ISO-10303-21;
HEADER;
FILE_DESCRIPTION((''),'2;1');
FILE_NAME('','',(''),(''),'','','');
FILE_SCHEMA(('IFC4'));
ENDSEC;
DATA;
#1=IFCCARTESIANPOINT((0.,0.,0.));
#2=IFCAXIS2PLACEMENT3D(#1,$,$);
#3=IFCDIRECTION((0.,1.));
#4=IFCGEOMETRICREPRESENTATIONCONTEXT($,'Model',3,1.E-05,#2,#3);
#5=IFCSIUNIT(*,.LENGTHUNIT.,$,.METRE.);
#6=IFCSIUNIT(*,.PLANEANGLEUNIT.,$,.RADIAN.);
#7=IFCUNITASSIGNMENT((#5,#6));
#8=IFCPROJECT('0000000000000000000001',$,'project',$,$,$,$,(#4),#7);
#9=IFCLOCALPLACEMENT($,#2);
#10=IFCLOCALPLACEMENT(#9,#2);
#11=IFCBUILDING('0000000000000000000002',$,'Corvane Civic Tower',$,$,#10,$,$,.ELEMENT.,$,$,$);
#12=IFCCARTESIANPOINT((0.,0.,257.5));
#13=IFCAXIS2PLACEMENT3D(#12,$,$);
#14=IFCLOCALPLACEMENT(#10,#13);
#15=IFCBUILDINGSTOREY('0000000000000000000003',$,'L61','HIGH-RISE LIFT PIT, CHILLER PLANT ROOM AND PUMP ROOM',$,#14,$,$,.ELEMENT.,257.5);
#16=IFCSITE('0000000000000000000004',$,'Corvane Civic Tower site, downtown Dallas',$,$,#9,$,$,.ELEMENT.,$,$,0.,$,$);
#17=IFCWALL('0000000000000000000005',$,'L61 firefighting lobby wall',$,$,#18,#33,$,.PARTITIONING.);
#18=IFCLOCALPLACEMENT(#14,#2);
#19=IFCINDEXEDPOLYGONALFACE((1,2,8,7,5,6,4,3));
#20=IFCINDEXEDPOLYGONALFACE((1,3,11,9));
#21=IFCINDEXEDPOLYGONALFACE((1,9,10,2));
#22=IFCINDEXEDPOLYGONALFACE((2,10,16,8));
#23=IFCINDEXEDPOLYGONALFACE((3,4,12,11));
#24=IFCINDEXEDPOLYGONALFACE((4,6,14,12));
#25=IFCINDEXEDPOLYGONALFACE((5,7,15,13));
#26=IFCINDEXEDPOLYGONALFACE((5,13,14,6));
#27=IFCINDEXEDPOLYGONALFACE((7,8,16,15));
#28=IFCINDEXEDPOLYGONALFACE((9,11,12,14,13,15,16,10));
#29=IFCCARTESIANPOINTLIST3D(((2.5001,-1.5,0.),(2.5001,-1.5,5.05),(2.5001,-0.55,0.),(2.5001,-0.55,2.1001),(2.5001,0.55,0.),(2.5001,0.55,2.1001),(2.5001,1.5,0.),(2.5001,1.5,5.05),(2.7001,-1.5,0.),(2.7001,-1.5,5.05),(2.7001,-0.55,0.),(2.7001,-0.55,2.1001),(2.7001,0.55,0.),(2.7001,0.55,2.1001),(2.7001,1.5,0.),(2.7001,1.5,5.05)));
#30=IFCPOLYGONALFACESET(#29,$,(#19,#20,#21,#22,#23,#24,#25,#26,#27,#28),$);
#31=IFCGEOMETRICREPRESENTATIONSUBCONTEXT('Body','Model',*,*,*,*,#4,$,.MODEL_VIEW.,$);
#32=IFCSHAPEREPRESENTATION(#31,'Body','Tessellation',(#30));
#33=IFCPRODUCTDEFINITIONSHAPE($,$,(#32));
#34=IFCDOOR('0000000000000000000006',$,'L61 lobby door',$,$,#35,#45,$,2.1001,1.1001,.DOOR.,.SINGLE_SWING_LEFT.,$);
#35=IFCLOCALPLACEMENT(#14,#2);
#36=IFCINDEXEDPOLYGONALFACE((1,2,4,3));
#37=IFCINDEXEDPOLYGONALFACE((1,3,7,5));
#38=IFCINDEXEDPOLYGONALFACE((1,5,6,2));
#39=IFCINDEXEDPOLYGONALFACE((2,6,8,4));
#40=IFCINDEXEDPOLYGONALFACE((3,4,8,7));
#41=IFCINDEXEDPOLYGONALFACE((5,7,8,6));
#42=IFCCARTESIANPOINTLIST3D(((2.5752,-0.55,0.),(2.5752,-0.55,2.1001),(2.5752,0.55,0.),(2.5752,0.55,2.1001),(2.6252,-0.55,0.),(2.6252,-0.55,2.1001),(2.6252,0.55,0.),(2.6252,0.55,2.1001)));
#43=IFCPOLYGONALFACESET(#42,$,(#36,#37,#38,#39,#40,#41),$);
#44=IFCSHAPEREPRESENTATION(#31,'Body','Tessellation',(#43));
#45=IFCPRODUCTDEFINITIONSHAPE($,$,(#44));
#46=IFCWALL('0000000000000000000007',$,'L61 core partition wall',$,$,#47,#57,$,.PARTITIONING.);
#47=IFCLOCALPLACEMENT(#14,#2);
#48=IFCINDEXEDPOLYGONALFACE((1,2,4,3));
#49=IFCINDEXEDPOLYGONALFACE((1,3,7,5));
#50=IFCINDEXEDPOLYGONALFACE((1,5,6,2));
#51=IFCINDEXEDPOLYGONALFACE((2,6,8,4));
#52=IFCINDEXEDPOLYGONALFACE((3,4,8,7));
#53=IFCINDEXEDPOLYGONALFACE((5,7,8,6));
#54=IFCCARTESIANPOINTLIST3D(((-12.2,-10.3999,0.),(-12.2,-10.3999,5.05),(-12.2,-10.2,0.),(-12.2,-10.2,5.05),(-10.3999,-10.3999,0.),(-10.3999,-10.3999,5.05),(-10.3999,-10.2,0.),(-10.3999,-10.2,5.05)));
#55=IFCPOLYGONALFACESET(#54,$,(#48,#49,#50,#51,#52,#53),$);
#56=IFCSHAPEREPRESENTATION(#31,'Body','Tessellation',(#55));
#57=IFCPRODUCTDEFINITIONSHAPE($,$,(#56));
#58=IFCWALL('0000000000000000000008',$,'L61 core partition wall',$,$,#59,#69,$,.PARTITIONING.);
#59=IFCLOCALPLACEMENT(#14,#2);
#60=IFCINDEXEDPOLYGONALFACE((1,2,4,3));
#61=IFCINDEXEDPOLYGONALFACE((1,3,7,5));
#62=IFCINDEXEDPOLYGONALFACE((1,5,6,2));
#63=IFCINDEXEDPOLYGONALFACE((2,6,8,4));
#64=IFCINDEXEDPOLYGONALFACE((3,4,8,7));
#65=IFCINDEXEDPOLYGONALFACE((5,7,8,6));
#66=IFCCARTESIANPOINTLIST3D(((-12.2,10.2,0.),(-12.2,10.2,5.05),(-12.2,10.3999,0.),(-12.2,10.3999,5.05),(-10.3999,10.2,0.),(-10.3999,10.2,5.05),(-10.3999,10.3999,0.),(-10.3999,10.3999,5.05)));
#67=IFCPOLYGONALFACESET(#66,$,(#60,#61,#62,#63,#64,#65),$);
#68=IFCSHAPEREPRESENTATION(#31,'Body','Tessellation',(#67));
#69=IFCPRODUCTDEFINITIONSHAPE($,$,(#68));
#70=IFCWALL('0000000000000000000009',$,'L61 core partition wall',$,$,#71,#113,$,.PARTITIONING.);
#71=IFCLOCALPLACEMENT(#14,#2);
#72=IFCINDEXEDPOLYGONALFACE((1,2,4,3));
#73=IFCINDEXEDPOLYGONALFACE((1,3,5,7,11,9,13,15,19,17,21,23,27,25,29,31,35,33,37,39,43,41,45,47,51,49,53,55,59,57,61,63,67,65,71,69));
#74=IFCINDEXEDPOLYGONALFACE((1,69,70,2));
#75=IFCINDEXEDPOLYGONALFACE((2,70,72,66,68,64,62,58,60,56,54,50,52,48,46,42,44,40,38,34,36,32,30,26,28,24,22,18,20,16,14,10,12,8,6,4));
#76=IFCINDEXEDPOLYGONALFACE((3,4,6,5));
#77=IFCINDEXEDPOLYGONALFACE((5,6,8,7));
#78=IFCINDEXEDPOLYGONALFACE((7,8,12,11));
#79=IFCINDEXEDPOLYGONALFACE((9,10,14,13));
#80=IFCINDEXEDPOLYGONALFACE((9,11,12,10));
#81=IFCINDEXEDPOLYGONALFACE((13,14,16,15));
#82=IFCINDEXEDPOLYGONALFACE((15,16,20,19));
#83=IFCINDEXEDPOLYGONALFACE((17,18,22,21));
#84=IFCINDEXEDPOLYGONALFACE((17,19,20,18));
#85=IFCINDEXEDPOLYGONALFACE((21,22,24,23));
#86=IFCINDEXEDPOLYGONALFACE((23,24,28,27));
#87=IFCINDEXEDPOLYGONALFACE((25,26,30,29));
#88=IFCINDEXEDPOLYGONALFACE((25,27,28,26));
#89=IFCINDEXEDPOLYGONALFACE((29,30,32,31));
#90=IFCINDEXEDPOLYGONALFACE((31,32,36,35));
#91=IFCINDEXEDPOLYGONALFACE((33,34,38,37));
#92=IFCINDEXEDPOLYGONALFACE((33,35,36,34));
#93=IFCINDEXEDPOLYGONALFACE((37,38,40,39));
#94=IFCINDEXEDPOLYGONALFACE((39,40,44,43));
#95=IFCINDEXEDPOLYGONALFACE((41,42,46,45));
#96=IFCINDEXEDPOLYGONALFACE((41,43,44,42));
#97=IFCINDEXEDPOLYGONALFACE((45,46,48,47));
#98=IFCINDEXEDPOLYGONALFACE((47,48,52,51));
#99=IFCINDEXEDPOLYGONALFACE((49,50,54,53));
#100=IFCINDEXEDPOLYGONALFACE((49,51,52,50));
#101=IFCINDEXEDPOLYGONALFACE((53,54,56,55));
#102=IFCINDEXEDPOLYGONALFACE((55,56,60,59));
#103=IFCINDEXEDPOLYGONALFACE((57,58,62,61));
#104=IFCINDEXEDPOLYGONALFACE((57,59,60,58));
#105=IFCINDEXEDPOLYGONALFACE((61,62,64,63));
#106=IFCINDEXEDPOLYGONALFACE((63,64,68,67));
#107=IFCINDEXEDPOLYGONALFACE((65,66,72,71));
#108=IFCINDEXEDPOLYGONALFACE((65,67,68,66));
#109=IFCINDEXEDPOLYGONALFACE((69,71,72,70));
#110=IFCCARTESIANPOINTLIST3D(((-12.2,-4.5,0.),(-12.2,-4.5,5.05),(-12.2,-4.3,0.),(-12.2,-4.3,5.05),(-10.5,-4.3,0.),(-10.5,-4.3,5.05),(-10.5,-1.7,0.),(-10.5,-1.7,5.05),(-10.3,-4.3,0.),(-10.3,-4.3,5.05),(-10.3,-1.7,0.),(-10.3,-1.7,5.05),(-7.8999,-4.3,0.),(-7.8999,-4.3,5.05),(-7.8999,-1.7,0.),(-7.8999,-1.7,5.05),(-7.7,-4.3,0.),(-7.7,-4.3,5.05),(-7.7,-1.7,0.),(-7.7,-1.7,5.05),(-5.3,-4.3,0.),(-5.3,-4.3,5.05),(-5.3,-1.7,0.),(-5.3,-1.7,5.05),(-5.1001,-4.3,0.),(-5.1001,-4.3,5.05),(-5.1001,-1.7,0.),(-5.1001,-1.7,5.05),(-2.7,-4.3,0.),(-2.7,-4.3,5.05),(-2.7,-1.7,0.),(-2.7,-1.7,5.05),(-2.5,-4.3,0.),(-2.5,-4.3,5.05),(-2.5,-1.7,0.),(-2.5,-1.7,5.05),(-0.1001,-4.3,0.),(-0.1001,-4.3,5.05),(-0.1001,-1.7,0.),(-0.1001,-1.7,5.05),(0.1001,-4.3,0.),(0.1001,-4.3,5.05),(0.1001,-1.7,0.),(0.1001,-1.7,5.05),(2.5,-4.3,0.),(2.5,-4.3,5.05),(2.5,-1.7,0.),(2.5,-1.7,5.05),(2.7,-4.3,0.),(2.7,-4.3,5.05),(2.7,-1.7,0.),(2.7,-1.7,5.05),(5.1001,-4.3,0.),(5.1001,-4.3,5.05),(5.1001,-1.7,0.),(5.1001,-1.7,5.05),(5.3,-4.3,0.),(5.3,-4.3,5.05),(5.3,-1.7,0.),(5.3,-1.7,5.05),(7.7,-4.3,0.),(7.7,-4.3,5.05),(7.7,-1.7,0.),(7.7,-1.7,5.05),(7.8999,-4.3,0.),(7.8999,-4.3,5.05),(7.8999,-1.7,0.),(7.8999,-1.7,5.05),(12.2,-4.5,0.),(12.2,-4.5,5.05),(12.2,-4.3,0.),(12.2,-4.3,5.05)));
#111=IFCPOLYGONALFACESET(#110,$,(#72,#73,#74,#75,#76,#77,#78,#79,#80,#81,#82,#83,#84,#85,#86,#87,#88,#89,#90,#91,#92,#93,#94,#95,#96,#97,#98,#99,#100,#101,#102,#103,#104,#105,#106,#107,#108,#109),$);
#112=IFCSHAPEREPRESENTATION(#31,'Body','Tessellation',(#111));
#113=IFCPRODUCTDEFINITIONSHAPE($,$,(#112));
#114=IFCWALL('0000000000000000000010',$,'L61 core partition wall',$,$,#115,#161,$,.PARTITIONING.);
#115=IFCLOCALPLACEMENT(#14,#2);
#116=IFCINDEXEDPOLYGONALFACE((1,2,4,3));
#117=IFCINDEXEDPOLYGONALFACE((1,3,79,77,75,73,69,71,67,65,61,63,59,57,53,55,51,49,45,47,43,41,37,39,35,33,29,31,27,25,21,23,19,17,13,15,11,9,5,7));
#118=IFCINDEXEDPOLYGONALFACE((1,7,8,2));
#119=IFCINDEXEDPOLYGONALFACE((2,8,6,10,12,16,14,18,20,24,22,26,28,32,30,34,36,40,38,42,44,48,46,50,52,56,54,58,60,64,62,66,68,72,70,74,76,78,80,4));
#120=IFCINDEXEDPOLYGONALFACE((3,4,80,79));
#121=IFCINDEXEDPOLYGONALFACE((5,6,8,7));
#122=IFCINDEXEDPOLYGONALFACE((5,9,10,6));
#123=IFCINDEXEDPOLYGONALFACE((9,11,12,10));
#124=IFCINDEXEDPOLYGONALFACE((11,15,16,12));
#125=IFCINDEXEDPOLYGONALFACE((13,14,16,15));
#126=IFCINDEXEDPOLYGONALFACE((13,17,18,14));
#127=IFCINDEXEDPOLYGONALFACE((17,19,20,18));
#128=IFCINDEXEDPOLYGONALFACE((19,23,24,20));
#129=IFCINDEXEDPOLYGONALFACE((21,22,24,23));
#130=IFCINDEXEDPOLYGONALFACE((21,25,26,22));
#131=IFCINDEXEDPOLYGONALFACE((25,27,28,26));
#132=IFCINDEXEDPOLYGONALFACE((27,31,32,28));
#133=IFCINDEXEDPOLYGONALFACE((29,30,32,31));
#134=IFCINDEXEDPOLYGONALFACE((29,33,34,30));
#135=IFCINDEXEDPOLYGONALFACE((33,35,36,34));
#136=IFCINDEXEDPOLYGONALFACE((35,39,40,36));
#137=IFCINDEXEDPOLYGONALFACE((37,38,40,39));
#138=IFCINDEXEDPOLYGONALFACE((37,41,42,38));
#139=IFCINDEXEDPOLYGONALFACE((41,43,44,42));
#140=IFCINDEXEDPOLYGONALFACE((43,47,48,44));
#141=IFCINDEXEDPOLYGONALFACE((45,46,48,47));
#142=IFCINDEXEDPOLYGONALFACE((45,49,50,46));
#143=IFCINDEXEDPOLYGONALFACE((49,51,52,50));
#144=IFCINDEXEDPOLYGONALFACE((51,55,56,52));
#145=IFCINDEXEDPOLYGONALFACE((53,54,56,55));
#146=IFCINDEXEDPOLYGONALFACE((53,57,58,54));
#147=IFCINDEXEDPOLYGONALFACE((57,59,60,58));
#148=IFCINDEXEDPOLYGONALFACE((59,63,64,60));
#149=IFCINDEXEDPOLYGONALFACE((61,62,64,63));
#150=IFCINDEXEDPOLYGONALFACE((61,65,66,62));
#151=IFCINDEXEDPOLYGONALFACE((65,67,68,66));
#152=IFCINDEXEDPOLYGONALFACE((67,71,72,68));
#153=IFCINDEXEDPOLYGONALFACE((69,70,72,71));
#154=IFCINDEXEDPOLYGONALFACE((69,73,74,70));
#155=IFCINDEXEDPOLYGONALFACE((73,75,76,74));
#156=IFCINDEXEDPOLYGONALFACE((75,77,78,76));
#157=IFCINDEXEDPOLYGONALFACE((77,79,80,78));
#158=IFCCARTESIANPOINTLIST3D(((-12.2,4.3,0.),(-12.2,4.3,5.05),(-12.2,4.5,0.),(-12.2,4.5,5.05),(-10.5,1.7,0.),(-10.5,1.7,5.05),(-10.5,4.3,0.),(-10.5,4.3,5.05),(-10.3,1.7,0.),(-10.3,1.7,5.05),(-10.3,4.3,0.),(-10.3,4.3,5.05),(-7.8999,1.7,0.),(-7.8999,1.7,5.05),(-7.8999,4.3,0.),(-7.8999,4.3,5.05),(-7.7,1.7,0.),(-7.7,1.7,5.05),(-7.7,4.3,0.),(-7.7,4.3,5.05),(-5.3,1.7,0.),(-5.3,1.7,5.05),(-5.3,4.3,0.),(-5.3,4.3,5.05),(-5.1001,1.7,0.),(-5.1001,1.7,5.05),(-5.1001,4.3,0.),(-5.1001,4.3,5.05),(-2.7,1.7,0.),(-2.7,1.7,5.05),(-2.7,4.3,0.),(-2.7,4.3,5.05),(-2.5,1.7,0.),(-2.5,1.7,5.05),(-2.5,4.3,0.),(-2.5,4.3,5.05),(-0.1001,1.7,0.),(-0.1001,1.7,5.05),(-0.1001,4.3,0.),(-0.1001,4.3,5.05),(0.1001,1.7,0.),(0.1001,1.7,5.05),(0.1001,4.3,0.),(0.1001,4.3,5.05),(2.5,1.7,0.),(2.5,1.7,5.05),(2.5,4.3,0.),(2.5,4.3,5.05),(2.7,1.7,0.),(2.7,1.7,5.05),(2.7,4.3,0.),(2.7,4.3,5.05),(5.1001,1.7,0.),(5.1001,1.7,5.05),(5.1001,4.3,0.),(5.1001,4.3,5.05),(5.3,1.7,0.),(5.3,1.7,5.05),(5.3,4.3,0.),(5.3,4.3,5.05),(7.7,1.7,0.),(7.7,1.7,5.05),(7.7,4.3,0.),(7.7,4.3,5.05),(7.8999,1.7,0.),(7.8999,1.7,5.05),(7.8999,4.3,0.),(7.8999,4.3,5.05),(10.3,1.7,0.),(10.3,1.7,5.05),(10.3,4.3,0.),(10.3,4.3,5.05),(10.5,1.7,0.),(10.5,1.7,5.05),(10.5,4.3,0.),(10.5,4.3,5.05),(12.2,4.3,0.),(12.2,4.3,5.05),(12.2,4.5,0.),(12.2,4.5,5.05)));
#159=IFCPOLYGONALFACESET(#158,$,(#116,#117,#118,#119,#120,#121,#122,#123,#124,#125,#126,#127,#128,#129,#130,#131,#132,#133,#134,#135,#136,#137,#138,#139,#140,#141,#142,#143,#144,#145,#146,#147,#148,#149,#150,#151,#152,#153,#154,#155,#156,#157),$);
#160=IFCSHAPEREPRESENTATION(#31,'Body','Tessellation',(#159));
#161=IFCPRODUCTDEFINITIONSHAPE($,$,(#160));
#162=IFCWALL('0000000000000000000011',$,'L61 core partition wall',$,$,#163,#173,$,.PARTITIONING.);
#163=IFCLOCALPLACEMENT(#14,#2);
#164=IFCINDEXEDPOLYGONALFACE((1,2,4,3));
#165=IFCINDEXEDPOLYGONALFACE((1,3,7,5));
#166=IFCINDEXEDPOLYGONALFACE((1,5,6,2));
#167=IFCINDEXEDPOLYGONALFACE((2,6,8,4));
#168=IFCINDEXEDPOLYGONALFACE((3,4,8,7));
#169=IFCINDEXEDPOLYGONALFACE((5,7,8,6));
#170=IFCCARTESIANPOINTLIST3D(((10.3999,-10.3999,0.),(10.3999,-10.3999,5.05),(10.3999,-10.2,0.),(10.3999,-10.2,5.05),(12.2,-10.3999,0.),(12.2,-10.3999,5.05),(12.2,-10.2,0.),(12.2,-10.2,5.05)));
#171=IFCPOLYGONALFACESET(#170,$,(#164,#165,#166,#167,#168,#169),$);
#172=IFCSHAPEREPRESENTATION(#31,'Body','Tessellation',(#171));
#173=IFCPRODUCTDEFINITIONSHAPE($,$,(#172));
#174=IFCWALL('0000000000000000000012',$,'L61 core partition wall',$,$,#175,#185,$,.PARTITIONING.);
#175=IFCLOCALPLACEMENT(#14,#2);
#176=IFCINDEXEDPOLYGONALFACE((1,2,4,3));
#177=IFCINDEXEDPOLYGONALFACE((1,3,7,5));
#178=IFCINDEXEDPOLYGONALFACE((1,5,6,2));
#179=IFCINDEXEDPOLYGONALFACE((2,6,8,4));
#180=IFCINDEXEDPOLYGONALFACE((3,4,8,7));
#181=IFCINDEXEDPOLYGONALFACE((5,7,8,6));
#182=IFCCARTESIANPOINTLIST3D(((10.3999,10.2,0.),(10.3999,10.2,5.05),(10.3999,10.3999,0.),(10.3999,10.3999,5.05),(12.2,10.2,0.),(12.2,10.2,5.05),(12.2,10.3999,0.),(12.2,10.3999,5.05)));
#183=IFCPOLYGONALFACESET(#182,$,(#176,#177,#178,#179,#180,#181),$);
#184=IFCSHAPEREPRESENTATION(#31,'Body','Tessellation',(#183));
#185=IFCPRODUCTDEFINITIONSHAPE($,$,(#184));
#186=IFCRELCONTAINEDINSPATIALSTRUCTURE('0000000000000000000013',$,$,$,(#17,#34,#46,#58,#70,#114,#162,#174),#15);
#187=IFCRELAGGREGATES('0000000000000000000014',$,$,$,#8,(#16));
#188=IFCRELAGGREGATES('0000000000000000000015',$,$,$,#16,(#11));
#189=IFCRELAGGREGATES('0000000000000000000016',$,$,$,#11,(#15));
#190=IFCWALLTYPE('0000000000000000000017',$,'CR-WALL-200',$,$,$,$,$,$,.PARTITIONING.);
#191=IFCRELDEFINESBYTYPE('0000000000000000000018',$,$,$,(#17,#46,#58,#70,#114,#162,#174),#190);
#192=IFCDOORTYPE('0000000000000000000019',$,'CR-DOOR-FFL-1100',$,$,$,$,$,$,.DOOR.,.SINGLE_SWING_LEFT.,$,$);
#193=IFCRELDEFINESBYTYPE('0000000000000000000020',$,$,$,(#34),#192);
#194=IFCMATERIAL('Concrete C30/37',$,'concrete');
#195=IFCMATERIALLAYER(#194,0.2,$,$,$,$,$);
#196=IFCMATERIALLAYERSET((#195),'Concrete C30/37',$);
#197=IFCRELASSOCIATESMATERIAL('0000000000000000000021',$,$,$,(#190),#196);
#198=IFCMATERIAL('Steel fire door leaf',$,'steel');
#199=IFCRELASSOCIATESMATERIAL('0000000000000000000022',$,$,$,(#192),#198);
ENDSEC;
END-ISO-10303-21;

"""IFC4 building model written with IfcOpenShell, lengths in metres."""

from ifc_helpers import new_model, si_unit, direction, frame, frame_2d, origin, place, context, subcontext, project, spatial, polyline, rectangle, outline, extrude, material, layer, layer_set, type_object, element, fill, save


model = new_model("IFC4")

# Units and contexts
model_context = context("Model", 3, precision=1e-05, world=origin(), true_north=direction((0.0, 1.0)))
body_context = subcontext(model_context, "Body", "Model", "MODEL_VIEW")
ifc_project = project(units=[si_unit("LENGTHUNIT", "METRE"), si_unit("PLANEANGLEUNIT", "RADIAN")], contexts=[model_context])

# Site, building, storey
site_placement = place(None, origin())
site = spatial("IfcSite", under=ifc_project, at=site_placement, Name="Corvane Civic Tower site, downtown Dallas", CompositionType="ELEMENT", RefElevation=0.0)
building_placement = place(site_placement, origin())
building = spatial("IfcBuilding", under=site, at=building_placement, Name="Corvane Civic Tower", CompositionType="ELEMENT")
storey_placement = place(building_placement, frame((0.0, 0.0, 257.5)))
storey = spatial("IfcBuildingStorey", under=building, at=storey_placement, Name="L61", Description="HIGH-RISE LIFT PIT, CHILLER PLANT ROOM AND PUMP ROOM", CompositionType="ELEMENT", Elevation=257.5)

# Wall, opening, door
ifc_material_1 = material(Name="Concrete C30/37", Category="concrete")
ifc_layer_1 = layer(ifc_material_1, 0.2)
ifc_layer_set_1 = layer_set([ifc_layer_1], Name="Concrete C30/37")
wall_type_1 = type_object("IfcWallType", Name="CR-WALL-200", PredefinedType="PARTITIONING", material=ifc_layer_set_1)
wall_1_placement = place(storey_placement, frame((2.6001, -1.5, 0.0), z_axis=(0.0, 0.0, 1.0), x_axis=(0.0, 1.0, 0.0)))
wall_1 = element("IfcWall", 1, at=wall_1_placement, inside=storey, type_object=wall_type_1, Name="L61 firefighting lobby wall", PredefinedType="PARTITIONING", context=body_context, shape_type="SweptSolid", body=[
    extrude(rectangle(XDim=3.0, YDim=0.2, at=frame_2d((1.5, 0.0))), origin(), (0.0, 0.0, 1.0), 5.05),
])
opening_placement = place(wall_1_placement, frame((0.95, 0.0, 0.0)))
opening = element("IfcOpeningElement", 2, at=opening_placement, cuts=wall_1, PredefinedType="OPENING", context=body_context, shape_type="SweptSolid", body=[
    extrude(rectangle(XDim=1.1001, YDim=2.1001, at=frame_2d((0.55, 1.05))), frame((0.0, 0.1099, 0.0), z_axis=(0.0, -1.0, 0.0), x_axis=(1.0, 0.0, 0.0)), (0.0, 0.0, 1.0), 0.22),
])
ifc_material_2 = material(Name="Steel fire door leaf", Category="steel")
door_type = type_object("IfcDoorType", Name="CR-DOOR-FFL-1100", OperationType="SINGLE_SWING_LEFT", PredefinedType="DOOR", material=ifc_material_2)
door_placement = place(opening_placement, origin())
door = element("IfcDoor", 3, at=door_placement, inside=storey, type_object=door_type, Name="L61 lobby door", OperationType="SINGLE_SWING_LEFT", OverallHeight=2.1001, OverallWidth=1.1001, PredefinedType="DOOR", context=body_context, shape_type="SweptSolid", body=[
    extrude(rectangle(XDim=1.1001, YDim=2.1001, at=frame_2d((0.55, 1.05))), frame((0.0, 0.0249, 0.0), z_axis=(0.0, -1.0, 0.0), x_axis=(1.0, 0.0, 0.0)), (0.0, 0.0, 1.0), 0.05),
])
fill(opening, door)

# Walls
wall_2_placement = place(storey_placement, origin())
element("IfcWall", 4, at=wall_2_placement, inside=storey, type_object=wall_type_1, Name="L61 core partition wall", PredefinedType="PARTITIONING", context=body_context, shape_type="SweptSolid", body=[
    extrude(outline(polyline([(-10.3999, -10.3999), (-12.2, -10.3999), (-12.2, -10.2), (-10.3999, -10.2), (-10.3999, -10.3999)])), origin(), (0.0, 0.0, 1.0), 5.05),
])
wall_3_placement = place(storey_placement, origin())
element("IfcWall", 5, at=wall_3_placement, inside=storey, type_object=wall_type_1, Name="L61 core partition wall", PredefinedType="PARTITIONING", context=body_context, shape_type="SweptSolid", body=[
    extrude(outline(polyline([(-12.2, 10.2), (-12.2, 10.3999), (-10.3999, 10.3999), (-10.3999, 10.2), (-12.2, 10.2)])), origin(), (0.0, 0.0, 1.0), 5.05),
])
wall_4_placement = place(storey_placement, origin())
element("IfcWall", 6, at=wall_4_placement, inside=storey, type_object=wall_type_1, Name="L61 core partition wall", PredefinedType="PARTITIONING", context=body_context, shape_type="SweptSolid", body=[
    extrude(outline(polyline([(-10.5, -1.7), (-10.3, -1.7), (-10.3, -4.3), (-7.8999, -4.3), (-7.8999, -1.7), (-7.7, -1.7), (-7.7, -4.3), (-5.3, -4.3), (-5.3, -1.7), (-5.1001, -1.7), (-5.1001, -4.3), (-2.7, -4.3), (-2.7, -1.7), (-2.5, -1.7), (-2.5, -4.3), (-0.1001, -4.3), (-0.1001, -1.7), (0.1001, -1.7), (0.1001, -4.3), (2.5, -4.3), (2.5, -1.7), (2.7, -1.7), (2.7, -4.3), (5.1001, -4.3), (5.1001, -1.7), (5.3, -1.7), (5.3, -4.3), (7.7, -4.3), (7.7, -1.7), (7.8999, -1.7), (7.8999, -4.3), (12.2, -4.3), (12.2, -4.5), (-12.2, -4.5), (-12.2, -4.3), (-10.5, -4.3), (-10.5, -1.7)])), origin(), (0.0, 0.0, 1.0), 5.05),
])
wall_5_placement = place(storey_placement, origin())
element("IfcWall", 7, at=wall_5_placement, inside=storey, type_object=wall_type_1, Name="L61 core partition wall", PredefinedType="PARTITIONING", context=body_context, shape_type="SweptSolid", body=[
    extrude(outline(polyline([(-7.7, 4.3), (-7.7, 1.7), (-7.8999, 1.7), (-7.8999, 4.3), (-10.3, 4.3), (-10.3, 1.7), (-10.5, 1.7), (-10.5, 4.3), (-12.2, 4.3), (-12.2, 4.5), (12.2, 4.5), (12.2, 4.3), (10.5, 4.3), (10.5, 1.7), (10.3, 1.7), (10.3, 4.3), (7.8999, 4.3), (7.8999, 1.7), (7.7, 1.7), (7.7, 4.3), (5.3, 4.3), (5.3, 1.7), (5.1001, 1.7), (5.1001, 4.3), (2.7, 4.3), (2.7, 1.7), (2.5, 1.7), (2.5, 4.3), (0.1001, 4.3), (0.1001, 1.7), (-0.1001, 1.7), (-0.1001, 4.3), (-2.5, 4.3), (-2.5, 1.7), (-2.7, 1.7), (-2.7, 4.3), (-5.1001, 4.3), (-5.1001, 1.7), (-5.3, 1.7), (-5.3, 4.3), (-7.7, 4.3)])), origin(), (0.0, 0.0, 1.0), 5.05),
])
wall_6_placement = place(storey_placement, origin())
element("IfcWall", 8, at=wall_6_placement, inside=storey, type_object=wall_type_1, Name="L61 core partition wall", PredefinedType="PARTITIONING", context=body_context, shape_type="SweptSolid", body=[
    extrude(outline(polyline([(12.2, -10.3999), (10.3999, -10.3999), (10.3999, -10.2), (12.2, -10.2), (12.2, -10.3999)])), origin(), (0.0, 0.0, 1.0), 5.05),
])
wall_7_placement = place(storey_placement, origin())
element("IfcWall", 9, at=wall_7_placement, inside=storey, type_object=wall_type_1, Name="L61 core partition wall", PredefinedType="PARTITIONING", context=body_context, shape_type="SweptSolid", body=[
    extrude(outline(polyline([(10.3999, 10.2), (10.3999, 10.3999), (12.2, 10.3999), (12.2, 10.2), (10.3999, 10.2)])), origin(), (0.0, 0.0, 1.0), 5.05),
])

save(model, "model.ifc")
